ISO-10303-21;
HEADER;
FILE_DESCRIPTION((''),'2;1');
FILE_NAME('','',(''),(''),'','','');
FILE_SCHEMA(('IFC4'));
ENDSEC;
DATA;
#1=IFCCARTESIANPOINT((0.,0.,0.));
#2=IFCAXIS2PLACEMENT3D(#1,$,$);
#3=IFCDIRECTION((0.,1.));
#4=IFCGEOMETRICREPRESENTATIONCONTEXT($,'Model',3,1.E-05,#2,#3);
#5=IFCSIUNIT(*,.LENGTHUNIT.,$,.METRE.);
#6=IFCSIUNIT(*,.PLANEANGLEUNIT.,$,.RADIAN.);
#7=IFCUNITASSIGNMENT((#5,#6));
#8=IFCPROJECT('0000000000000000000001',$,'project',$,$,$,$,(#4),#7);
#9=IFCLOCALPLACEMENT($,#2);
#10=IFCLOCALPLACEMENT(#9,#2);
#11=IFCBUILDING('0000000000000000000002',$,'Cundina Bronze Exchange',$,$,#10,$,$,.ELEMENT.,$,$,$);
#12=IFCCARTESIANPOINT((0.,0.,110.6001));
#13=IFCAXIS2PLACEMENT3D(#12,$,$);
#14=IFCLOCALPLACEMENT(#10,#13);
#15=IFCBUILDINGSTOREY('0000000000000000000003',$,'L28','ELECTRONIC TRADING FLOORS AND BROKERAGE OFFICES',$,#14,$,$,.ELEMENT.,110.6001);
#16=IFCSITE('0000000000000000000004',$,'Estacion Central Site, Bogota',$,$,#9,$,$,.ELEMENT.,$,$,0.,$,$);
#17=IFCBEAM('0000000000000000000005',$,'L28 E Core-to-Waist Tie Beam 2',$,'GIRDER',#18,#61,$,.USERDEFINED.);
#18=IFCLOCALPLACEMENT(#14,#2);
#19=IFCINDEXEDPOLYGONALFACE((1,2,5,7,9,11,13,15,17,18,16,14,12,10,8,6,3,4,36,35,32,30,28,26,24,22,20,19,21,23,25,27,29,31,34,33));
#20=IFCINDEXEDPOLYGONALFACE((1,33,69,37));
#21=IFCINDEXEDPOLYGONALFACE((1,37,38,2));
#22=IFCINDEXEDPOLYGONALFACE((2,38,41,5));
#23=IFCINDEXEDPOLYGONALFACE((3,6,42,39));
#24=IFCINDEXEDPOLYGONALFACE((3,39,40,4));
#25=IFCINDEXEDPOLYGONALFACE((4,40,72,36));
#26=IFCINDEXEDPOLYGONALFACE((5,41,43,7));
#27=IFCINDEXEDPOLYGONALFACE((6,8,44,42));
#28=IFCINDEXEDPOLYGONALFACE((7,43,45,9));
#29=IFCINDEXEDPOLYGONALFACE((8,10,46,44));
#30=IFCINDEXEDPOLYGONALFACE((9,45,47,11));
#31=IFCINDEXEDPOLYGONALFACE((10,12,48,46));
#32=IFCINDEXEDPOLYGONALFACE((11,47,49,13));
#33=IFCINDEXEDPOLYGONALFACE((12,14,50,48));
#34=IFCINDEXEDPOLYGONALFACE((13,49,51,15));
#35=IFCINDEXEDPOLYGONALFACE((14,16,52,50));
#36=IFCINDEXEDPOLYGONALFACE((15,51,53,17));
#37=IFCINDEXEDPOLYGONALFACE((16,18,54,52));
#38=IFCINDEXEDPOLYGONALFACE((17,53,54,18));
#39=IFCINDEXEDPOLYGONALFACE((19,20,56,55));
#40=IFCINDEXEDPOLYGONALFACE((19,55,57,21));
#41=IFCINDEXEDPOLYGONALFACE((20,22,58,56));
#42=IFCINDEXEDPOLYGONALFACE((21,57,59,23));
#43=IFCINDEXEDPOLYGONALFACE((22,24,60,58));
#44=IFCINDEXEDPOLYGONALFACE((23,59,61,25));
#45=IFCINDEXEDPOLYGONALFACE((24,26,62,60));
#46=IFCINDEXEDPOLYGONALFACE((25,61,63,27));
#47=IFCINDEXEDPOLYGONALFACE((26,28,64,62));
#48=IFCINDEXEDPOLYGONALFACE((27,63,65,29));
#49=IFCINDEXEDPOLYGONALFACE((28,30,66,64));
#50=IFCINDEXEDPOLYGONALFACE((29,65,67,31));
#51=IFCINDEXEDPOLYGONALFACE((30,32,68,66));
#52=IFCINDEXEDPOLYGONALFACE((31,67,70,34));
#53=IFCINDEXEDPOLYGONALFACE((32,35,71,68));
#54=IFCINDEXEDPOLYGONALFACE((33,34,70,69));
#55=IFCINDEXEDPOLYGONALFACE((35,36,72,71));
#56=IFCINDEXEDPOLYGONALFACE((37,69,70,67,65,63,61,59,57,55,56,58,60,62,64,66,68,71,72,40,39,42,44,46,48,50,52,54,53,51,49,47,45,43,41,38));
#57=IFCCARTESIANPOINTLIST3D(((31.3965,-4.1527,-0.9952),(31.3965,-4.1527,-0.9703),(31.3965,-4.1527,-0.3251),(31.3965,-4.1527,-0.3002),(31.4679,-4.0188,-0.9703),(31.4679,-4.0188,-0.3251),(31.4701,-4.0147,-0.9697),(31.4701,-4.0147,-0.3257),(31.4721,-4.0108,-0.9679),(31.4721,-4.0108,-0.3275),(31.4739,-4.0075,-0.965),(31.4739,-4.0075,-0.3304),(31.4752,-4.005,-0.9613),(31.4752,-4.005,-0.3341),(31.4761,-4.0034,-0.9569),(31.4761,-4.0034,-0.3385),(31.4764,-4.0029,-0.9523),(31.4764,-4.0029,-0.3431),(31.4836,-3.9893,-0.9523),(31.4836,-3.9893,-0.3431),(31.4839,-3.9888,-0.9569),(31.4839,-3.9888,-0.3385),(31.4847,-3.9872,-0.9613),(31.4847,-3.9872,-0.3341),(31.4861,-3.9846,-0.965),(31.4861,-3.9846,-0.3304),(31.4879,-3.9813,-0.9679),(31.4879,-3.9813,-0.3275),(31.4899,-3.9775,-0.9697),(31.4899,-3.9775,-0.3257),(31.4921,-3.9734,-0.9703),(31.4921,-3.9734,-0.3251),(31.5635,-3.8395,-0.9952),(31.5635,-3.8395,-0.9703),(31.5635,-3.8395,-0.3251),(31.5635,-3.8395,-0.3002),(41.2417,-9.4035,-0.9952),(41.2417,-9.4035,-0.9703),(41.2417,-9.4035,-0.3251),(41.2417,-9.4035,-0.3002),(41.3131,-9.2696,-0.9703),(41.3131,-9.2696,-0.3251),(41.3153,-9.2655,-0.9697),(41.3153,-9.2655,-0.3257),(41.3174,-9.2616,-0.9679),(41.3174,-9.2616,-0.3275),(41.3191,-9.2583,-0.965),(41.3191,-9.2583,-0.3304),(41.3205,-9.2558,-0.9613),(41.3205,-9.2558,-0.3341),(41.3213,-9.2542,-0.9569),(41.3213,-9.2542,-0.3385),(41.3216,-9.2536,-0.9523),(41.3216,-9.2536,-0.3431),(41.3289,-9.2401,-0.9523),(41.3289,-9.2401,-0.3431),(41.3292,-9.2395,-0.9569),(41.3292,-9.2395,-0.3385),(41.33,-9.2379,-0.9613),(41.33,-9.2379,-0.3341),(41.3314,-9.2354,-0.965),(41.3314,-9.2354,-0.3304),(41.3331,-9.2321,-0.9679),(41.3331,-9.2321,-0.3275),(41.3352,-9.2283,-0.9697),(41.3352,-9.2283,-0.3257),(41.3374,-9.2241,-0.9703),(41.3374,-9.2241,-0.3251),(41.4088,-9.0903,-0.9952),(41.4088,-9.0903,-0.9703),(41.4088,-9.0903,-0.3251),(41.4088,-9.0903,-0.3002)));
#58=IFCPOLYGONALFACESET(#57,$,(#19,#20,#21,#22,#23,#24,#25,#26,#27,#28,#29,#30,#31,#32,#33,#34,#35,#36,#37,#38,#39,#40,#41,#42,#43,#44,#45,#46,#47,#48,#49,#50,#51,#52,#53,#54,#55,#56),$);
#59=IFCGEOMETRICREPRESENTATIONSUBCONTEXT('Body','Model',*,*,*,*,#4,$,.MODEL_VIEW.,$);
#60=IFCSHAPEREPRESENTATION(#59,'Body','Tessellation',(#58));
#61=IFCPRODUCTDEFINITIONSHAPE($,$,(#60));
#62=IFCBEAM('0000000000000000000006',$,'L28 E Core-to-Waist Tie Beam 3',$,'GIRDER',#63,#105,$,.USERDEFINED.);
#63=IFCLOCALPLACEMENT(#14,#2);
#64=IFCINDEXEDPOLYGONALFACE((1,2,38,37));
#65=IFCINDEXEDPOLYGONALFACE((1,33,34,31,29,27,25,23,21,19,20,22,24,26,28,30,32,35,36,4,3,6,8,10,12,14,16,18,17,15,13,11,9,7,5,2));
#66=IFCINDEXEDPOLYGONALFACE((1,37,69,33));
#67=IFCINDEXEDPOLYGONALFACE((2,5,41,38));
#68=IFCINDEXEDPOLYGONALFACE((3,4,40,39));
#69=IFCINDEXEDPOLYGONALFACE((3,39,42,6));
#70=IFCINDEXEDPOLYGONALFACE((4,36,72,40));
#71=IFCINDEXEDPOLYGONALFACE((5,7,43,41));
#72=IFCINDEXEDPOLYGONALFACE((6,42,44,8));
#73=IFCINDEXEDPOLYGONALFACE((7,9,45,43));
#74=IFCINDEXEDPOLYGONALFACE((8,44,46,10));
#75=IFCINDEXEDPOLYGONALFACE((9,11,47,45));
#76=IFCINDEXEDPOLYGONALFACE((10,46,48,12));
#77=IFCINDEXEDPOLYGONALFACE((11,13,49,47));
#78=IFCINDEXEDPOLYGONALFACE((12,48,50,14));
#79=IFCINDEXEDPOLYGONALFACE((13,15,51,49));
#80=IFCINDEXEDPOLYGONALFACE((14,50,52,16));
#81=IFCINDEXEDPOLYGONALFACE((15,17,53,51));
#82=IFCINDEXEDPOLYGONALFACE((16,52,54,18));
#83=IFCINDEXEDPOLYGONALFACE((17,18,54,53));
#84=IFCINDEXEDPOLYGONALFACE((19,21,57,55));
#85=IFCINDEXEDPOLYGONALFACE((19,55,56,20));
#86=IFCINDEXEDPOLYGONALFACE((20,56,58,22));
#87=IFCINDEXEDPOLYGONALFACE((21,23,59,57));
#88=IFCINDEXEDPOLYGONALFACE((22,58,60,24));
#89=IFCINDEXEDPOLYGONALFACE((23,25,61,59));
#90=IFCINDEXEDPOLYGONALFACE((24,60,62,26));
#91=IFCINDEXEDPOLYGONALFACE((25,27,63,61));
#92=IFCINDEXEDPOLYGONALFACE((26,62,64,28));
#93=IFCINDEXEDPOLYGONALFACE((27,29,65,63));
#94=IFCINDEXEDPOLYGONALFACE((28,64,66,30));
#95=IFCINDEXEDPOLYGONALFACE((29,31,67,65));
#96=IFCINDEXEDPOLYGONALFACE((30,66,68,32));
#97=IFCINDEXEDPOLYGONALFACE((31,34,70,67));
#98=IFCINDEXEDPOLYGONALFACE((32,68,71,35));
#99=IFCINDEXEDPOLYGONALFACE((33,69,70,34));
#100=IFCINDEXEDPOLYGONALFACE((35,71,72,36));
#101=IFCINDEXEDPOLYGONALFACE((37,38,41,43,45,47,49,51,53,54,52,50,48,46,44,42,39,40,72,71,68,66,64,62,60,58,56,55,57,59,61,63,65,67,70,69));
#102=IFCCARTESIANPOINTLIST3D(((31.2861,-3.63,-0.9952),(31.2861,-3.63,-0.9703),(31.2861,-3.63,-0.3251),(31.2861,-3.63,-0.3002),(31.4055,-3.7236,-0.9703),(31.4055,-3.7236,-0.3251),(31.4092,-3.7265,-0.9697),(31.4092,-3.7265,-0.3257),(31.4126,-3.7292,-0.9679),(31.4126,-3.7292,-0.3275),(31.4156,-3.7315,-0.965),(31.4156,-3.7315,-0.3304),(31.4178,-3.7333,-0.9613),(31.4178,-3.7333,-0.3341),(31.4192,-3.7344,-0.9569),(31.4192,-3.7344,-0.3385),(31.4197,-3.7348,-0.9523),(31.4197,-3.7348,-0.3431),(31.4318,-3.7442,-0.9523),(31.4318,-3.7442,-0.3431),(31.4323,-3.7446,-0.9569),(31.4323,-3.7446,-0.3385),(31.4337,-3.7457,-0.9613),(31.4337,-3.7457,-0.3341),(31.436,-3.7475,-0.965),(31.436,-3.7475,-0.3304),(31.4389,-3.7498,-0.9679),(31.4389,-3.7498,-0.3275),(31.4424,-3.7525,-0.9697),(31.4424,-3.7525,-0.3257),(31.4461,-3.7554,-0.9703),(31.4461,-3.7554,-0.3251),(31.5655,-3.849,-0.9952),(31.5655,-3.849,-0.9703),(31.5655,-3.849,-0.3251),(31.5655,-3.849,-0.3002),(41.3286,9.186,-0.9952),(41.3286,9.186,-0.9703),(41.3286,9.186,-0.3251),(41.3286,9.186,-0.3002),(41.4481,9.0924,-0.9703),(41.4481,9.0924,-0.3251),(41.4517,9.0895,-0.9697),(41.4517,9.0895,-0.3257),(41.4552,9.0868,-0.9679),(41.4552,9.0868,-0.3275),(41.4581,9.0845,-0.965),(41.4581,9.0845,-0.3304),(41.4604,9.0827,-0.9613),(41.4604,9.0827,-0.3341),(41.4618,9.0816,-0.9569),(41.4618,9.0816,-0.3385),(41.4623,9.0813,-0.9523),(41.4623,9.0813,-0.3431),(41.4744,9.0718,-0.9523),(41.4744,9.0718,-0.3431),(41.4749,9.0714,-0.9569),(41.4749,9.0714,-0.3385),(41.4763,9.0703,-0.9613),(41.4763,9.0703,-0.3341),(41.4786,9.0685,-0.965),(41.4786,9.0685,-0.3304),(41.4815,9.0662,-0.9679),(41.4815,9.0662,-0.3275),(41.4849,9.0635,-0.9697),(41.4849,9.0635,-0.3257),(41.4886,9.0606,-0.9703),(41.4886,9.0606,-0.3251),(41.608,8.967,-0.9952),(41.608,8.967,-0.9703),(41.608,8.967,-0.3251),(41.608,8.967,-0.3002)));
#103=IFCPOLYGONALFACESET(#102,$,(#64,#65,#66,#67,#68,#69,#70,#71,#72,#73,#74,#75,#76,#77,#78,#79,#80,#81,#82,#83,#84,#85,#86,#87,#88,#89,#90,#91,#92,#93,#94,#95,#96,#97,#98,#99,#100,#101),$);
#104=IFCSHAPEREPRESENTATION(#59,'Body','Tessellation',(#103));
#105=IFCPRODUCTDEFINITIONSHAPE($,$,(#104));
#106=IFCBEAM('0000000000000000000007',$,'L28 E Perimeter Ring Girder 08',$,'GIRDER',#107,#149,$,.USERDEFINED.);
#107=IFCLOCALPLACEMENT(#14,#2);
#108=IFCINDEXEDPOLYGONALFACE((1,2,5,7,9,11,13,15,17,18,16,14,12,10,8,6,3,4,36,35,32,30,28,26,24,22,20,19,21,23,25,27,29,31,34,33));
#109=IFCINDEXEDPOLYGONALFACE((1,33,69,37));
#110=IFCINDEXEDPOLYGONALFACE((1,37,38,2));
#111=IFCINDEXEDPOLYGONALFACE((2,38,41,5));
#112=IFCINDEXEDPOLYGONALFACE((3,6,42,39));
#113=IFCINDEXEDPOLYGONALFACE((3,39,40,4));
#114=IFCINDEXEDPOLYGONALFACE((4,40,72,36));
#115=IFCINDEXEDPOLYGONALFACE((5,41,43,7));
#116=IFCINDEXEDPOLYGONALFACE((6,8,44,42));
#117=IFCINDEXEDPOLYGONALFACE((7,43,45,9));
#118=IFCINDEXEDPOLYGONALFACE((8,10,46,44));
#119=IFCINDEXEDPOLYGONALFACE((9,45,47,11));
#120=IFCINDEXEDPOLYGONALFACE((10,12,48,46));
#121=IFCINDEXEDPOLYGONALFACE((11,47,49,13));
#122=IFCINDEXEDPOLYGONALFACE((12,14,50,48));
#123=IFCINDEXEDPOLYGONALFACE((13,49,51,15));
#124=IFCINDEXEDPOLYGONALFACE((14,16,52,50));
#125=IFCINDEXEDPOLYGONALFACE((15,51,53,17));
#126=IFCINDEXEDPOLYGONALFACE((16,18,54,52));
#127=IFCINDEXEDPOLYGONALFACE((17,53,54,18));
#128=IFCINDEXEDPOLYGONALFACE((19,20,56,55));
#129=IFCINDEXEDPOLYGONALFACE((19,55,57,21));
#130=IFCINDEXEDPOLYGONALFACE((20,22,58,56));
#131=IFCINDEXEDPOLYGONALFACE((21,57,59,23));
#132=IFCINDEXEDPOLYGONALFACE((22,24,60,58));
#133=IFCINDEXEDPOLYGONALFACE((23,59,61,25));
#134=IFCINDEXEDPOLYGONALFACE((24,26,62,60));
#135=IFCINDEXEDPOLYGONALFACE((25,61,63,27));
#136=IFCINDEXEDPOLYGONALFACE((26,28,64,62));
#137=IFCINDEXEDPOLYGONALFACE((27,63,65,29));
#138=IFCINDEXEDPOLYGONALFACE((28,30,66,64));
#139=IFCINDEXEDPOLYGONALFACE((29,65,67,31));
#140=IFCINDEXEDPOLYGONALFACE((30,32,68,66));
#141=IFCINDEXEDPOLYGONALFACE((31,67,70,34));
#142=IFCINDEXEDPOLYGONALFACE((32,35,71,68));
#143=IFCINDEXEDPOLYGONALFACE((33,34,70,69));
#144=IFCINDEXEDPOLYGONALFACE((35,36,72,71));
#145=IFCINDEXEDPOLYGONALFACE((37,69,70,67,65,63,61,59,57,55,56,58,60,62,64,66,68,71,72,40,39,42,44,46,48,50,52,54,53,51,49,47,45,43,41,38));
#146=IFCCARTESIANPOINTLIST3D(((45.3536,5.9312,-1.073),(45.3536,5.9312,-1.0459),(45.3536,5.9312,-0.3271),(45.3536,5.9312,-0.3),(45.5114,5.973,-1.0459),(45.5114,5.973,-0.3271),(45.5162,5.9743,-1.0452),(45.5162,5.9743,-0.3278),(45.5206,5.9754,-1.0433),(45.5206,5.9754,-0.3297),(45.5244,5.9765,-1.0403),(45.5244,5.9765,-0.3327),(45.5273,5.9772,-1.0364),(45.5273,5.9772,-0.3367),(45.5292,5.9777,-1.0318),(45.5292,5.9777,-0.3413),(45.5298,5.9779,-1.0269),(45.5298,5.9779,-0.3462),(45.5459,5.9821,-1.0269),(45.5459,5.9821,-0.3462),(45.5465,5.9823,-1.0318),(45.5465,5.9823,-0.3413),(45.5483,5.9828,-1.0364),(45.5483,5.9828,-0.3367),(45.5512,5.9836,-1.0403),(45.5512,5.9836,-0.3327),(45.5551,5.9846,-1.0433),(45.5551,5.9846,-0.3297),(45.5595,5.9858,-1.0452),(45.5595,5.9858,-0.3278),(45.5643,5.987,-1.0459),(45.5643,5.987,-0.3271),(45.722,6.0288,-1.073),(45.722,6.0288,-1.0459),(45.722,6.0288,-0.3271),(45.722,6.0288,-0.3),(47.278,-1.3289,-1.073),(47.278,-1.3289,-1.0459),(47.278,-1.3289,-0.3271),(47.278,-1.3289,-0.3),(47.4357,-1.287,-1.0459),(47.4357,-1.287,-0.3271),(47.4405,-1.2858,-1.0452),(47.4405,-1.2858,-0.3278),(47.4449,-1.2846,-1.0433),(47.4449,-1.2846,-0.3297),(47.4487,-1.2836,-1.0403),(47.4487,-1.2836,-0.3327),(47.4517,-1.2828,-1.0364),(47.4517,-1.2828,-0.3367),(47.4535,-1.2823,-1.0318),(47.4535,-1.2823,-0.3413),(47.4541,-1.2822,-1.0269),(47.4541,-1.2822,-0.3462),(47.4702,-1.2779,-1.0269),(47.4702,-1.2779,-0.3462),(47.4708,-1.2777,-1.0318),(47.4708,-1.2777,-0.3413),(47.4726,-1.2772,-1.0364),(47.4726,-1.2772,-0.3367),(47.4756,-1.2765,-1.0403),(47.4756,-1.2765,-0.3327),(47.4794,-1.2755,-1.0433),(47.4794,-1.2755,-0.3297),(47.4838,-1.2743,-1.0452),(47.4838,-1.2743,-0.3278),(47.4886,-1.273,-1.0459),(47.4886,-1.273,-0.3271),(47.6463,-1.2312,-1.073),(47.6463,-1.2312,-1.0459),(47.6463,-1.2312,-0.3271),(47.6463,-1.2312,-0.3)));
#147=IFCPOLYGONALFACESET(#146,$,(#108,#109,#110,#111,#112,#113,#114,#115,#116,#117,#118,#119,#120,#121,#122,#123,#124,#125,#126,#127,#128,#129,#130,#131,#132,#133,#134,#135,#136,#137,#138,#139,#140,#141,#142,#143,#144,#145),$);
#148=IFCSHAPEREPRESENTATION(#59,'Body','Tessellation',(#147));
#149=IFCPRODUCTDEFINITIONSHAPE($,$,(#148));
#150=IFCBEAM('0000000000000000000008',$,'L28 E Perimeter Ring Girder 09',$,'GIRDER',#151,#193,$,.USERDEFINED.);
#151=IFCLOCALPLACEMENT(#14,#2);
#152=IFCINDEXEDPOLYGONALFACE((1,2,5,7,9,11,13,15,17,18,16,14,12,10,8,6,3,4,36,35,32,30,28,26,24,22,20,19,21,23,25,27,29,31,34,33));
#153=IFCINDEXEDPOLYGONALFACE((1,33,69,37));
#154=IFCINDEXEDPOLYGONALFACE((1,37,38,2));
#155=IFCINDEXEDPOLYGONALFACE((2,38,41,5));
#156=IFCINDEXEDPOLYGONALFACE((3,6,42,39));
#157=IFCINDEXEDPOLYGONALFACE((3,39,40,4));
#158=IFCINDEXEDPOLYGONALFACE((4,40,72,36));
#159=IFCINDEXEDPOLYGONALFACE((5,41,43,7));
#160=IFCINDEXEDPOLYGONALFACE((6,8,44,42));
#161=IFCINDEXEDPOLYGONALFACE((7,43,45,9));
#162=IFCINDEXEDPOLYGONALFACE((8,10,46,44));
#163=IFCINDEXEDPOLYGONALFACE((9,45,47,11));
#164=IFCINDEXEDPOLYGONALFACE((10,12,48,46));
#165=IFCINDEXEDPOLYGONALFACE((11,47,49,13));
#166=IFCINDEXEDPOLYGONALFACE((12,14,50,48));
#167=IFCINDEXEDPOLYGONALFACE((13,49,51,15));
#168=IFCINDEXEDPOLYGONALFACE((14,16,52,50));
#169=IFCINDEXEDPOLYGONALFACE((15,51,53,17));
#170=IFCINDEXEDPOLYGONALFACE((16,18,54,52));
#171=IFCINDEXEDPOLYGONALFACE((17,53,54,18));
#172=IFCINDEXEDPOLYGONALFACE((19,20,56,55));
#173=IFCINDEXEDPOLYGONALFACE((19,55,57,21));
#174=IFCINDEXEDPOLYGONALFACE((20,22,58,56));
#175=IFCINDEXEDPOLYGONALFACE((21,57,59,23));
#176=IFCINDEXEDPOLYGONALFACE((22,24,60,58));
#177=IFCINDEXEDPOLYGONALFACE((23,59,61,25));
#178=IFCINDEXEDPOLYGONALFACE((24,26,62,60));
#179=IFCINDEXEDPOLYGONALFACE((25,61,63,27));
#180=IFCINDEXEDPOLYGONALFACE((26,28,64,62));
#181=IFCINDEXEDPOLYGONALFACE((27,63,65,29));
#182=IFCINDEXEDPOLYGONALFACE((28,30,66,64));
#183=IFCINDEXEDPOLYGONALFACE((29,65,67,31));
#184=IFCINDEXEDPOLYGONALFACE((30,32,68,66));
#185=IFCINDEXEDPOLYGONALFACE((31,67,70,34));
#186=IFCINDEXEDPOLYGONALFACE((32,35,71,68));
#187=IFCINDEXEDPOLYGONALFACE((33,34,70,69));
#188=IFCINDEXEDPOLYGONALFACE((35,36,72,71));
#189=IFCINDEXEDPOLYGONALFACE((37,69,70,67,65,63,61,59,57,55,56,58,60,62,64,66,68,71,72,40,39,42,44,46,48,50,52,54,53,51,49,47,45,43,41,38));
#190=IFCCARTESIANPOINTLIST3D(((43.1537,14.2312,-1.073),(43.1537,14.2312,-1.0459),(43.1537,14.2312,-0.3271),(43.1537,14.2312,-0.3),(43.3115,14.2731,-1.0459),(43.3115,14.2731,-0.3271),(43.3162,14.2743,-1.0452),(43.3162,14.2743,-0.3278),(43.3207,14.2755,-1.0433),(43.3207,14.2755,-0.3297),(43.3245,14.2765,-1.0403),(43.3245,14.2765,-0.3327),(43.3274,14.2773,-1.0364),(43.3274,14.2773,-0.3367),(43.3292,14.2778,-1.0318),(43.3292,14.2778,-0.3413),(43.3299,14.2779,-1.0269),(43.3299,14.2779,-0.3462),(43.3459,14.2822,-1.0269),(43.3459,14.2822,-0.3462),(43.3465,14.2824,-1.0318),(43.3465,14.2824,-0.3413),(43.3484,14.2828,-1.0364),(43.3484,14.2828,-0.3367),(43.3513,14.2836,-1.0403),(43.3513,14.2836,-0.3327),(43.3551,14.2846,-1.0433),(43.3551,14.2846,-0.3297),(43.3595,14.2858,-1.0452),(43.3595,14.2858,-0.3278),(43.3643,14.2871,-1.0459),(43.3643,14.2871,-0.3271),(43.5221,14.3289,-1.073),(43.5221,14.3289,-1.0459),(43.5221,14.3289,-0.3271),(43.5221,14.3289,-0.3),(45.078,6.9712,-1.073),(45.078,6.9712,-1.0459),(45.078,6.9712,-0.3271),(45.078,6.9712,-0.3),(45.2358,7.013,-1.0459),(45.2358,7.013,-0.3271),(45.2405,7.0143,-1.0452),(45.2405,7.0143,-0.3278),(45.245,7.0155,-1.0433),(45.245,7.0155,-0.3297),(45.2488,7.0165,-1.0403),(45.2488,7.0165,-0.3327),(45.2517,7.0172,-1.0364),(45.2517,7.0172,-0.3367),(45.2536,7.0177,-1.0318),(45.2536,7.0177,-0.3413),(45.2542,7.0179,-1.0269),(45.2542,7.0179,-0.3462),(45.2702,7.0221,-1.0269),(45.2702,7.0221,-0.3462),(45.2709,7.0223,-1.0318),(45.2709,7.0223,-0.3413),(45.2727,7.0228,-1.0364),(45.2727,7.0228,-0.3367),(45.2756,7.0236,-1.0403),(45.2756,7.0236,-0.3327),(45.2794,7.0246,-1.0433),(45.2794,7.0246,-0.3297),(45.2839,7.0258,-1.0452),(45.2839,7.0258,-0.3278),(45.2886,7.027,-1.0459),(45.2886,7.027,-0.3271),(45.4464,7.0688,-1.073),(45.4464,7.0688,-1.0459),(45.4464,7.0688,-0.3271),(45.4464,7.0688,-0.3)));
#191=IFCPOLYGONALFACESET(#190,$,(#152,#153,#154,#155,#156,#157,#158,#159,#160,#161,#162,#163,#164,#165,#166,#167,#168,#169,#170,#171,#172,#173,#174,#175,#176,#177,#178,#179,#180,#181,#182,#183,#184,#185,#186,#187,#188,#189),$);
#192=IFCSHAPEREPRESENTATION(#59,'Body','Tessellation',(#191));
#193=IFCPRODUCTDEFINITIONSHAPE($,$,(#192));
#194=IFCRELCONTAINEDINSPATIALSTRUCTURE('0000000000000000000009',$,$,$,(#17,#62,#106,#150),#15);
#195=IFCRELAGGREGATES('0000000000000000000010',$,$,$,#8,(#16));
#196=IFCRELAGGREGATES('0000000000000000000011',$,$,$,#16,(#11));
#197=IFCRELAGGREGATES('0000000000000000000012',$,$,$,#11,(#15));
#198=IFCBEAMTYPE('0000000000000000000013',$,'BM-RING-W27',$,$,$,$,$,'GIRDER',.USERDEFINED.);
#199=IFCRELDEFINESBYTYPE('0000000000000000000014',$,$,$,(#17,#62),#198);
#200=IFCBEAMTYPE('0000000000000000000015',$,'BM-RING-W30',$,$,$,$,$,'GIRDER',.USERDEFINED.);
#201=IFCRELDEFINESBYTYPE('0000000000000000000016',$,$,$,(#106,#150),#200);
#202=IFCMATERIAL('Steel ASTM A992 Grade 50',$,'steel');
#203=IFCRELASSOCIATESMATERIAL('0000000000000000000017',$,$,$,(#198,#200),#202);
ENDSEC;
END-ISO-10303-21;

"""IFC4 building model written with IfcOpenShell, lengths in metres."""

from ifc_helpers import new_model, si_unit, direction, frame, origin, origin_2d, place, context, subcontext, project, spatial, i_section, extrude, material, material_profile, profile_set, type_object, element, save


model = new_model("IFC4")

# Units and contexts
model_context = context("Model", 3, precision=1e-05, world=origin(), true_north=direction((0.0, 1.0)))
body_context = subcontext(model_context, "Body", "Model", "MODEL_VIEW")
ifc_project = project(units=[si_unit("LENGTHUNIT", "METRE"), si_unit("PLANEANGLEUNIT", "RADIAN")], contexts=[model_context])

# Site, building, storey
site_placement = place(None, origin())
site = spatial("IfcSite", under=ifc_project, at=site_placement, Name="Estacion Central Site, Bogota", CompositionType="ELEMENT", RefElevation=0.0)
building_placement = place(site_placement, origin())
building = spatial("IfcBuilding", under=site, at=building_placement, Name="Cundina Bronze Exchange", CompositionType="ELEMENT")
storey_placement = place(building_placement, frame((0.0, 0.0, 110.6001)))
storey = spatial("IfcBuildingStorey", under=building, at=storey_placement, Name="L28", Description="ELECTRONIC TRADING FLOORS AND BROKERAGE OFFICES", CompositionType="ELEMENT", Elevation=110.6001)

# Shared definitions
ifc_material_1 = material(Name="Steel ASTM A992 Grade 50", Category="steel")

# Beams
ifc_material_profile_1 = material_profile(ifc_material_1, i_section(OverallWidth=0.355, OverallDepth=0.6951, WebThickness=0.0154, FlangeThickness=0.0249, FilletRadius=0.0181, at=origin_2d()), Name="W27X146", Category="steel")
ifc_profile_set_1 = profile_set([ifc_material_profile_1], Name="Steel ASTM A992 Grade 50")
beam_type_1 = type_object("IfcBeamType", Name="BM-RING-W27", ElementType="GIRDER", PredefinedType="USERDEFINED", material=ifc_profile_set_1)
beam_1_placement = place(storey_placement, frame((31.48, -3.9961, -0.6477), z_axis=(0.882355, -0.470585, 0.0), x_axis=(0.470585, 0.882355, 0.0)))
element("IfcBeam", 1, at=beam_1_placement, inside=storey, type_object=beam_type_1, Name="L28 E Core-to-Waist Tie Beam 2", ObjectType="GIRDER", PredefinedType="USERDEFINED", context=body_context, shape_type="SweptSolid", body=[
    extrude(i_section(OverallWidth=0.355, OverallDepth=0.6951, WebThickness=0.0154, FlangeThickness=0.0249, FilletRadius=0.0181, at=origin_2d()), origin(), (0.0, 0.0, 1.0), 11.158),
])
beam_2_placement = place(storey_placement, frame((31.4258, -3.7395, -0.6477), z_axis=(0.616789, 0.787128, 0.0), x_axis=(-0.787128, 0.616789, 0.0)))
element("IfcBeam", 2, at=beam_2_placement, inside=storey, type_object=beam_type_1, Name="L28 E Core-to-Waist Tie Beam 3", ObjectType="GIRDER", PredefinedType="USERDEFINED", context=body_context, shape_type="SweptSolid", body=[
    extrude(i_section(OverallWidth=0.355, OverallDepth=0.6951, WebThickness=0.0154, FlangeThickness=0.0249, FilletRadius=0.0181, at=origin_2d()), origin(), (0.0, 0.0, 1.0), 16.282),
])
ifc_material_profile_2 = material_profile(ifc_material_1, i_section(OverallWidth=0.3811, OverallDepth=0.7729, WebThickness=0.0166, FlangeThickness=0.0271, FilletRadius=0.019, at=origin_2d()), Name="W30X173", Category="steel")
ifc_profile_set_2 = profile_set([ifc_material_profile_2], Name="Steel ASTM A992 Grade 50")
beam_type_2 = type_object("IfcBeamType", Name="BM-RING-W30", ElementType="GIRDER", PredefinedType="USERDEFINED", material=ifc_profile_set_2)
for number, where, z_axis, x_axis, name in (
    (3, (47.4622, -1.28, -0.6865), (-0.25621, 0.966621, 0.0), (-0.966621, -0.25621, 0.0), "L28 E Perimeter Ring Girder 08"),
    (4, (45.2622, 7.02, -0.6865), (-0.25621, 0.966621, 0.0), (-0.966621, -0.25621, 0.0), "L28 E Perimeter Ring Girder 09"),
):
    element("IfcBeam", number, at=place(storey_placement, frame(where, z_axis=z_axis, x_axis=x_axis)), inside=storey, type_object=beam_type_2, Name=name, ObjectType="GIRDER", PredefinedType="USERDEFINED", context=body_context, shape_type="SweptSolid", body=[
        extrude(i_section(OverallWidth=0.3811, OverallDepth=0.7729, WebThickness=0.0166, FlangeThickness=0.0271, FilletRadius=0.019, at=origin_2d()), origin(), (0.0, 0.0, 1.0), 7.5107),
    ])

save(model, "model.ifc")
